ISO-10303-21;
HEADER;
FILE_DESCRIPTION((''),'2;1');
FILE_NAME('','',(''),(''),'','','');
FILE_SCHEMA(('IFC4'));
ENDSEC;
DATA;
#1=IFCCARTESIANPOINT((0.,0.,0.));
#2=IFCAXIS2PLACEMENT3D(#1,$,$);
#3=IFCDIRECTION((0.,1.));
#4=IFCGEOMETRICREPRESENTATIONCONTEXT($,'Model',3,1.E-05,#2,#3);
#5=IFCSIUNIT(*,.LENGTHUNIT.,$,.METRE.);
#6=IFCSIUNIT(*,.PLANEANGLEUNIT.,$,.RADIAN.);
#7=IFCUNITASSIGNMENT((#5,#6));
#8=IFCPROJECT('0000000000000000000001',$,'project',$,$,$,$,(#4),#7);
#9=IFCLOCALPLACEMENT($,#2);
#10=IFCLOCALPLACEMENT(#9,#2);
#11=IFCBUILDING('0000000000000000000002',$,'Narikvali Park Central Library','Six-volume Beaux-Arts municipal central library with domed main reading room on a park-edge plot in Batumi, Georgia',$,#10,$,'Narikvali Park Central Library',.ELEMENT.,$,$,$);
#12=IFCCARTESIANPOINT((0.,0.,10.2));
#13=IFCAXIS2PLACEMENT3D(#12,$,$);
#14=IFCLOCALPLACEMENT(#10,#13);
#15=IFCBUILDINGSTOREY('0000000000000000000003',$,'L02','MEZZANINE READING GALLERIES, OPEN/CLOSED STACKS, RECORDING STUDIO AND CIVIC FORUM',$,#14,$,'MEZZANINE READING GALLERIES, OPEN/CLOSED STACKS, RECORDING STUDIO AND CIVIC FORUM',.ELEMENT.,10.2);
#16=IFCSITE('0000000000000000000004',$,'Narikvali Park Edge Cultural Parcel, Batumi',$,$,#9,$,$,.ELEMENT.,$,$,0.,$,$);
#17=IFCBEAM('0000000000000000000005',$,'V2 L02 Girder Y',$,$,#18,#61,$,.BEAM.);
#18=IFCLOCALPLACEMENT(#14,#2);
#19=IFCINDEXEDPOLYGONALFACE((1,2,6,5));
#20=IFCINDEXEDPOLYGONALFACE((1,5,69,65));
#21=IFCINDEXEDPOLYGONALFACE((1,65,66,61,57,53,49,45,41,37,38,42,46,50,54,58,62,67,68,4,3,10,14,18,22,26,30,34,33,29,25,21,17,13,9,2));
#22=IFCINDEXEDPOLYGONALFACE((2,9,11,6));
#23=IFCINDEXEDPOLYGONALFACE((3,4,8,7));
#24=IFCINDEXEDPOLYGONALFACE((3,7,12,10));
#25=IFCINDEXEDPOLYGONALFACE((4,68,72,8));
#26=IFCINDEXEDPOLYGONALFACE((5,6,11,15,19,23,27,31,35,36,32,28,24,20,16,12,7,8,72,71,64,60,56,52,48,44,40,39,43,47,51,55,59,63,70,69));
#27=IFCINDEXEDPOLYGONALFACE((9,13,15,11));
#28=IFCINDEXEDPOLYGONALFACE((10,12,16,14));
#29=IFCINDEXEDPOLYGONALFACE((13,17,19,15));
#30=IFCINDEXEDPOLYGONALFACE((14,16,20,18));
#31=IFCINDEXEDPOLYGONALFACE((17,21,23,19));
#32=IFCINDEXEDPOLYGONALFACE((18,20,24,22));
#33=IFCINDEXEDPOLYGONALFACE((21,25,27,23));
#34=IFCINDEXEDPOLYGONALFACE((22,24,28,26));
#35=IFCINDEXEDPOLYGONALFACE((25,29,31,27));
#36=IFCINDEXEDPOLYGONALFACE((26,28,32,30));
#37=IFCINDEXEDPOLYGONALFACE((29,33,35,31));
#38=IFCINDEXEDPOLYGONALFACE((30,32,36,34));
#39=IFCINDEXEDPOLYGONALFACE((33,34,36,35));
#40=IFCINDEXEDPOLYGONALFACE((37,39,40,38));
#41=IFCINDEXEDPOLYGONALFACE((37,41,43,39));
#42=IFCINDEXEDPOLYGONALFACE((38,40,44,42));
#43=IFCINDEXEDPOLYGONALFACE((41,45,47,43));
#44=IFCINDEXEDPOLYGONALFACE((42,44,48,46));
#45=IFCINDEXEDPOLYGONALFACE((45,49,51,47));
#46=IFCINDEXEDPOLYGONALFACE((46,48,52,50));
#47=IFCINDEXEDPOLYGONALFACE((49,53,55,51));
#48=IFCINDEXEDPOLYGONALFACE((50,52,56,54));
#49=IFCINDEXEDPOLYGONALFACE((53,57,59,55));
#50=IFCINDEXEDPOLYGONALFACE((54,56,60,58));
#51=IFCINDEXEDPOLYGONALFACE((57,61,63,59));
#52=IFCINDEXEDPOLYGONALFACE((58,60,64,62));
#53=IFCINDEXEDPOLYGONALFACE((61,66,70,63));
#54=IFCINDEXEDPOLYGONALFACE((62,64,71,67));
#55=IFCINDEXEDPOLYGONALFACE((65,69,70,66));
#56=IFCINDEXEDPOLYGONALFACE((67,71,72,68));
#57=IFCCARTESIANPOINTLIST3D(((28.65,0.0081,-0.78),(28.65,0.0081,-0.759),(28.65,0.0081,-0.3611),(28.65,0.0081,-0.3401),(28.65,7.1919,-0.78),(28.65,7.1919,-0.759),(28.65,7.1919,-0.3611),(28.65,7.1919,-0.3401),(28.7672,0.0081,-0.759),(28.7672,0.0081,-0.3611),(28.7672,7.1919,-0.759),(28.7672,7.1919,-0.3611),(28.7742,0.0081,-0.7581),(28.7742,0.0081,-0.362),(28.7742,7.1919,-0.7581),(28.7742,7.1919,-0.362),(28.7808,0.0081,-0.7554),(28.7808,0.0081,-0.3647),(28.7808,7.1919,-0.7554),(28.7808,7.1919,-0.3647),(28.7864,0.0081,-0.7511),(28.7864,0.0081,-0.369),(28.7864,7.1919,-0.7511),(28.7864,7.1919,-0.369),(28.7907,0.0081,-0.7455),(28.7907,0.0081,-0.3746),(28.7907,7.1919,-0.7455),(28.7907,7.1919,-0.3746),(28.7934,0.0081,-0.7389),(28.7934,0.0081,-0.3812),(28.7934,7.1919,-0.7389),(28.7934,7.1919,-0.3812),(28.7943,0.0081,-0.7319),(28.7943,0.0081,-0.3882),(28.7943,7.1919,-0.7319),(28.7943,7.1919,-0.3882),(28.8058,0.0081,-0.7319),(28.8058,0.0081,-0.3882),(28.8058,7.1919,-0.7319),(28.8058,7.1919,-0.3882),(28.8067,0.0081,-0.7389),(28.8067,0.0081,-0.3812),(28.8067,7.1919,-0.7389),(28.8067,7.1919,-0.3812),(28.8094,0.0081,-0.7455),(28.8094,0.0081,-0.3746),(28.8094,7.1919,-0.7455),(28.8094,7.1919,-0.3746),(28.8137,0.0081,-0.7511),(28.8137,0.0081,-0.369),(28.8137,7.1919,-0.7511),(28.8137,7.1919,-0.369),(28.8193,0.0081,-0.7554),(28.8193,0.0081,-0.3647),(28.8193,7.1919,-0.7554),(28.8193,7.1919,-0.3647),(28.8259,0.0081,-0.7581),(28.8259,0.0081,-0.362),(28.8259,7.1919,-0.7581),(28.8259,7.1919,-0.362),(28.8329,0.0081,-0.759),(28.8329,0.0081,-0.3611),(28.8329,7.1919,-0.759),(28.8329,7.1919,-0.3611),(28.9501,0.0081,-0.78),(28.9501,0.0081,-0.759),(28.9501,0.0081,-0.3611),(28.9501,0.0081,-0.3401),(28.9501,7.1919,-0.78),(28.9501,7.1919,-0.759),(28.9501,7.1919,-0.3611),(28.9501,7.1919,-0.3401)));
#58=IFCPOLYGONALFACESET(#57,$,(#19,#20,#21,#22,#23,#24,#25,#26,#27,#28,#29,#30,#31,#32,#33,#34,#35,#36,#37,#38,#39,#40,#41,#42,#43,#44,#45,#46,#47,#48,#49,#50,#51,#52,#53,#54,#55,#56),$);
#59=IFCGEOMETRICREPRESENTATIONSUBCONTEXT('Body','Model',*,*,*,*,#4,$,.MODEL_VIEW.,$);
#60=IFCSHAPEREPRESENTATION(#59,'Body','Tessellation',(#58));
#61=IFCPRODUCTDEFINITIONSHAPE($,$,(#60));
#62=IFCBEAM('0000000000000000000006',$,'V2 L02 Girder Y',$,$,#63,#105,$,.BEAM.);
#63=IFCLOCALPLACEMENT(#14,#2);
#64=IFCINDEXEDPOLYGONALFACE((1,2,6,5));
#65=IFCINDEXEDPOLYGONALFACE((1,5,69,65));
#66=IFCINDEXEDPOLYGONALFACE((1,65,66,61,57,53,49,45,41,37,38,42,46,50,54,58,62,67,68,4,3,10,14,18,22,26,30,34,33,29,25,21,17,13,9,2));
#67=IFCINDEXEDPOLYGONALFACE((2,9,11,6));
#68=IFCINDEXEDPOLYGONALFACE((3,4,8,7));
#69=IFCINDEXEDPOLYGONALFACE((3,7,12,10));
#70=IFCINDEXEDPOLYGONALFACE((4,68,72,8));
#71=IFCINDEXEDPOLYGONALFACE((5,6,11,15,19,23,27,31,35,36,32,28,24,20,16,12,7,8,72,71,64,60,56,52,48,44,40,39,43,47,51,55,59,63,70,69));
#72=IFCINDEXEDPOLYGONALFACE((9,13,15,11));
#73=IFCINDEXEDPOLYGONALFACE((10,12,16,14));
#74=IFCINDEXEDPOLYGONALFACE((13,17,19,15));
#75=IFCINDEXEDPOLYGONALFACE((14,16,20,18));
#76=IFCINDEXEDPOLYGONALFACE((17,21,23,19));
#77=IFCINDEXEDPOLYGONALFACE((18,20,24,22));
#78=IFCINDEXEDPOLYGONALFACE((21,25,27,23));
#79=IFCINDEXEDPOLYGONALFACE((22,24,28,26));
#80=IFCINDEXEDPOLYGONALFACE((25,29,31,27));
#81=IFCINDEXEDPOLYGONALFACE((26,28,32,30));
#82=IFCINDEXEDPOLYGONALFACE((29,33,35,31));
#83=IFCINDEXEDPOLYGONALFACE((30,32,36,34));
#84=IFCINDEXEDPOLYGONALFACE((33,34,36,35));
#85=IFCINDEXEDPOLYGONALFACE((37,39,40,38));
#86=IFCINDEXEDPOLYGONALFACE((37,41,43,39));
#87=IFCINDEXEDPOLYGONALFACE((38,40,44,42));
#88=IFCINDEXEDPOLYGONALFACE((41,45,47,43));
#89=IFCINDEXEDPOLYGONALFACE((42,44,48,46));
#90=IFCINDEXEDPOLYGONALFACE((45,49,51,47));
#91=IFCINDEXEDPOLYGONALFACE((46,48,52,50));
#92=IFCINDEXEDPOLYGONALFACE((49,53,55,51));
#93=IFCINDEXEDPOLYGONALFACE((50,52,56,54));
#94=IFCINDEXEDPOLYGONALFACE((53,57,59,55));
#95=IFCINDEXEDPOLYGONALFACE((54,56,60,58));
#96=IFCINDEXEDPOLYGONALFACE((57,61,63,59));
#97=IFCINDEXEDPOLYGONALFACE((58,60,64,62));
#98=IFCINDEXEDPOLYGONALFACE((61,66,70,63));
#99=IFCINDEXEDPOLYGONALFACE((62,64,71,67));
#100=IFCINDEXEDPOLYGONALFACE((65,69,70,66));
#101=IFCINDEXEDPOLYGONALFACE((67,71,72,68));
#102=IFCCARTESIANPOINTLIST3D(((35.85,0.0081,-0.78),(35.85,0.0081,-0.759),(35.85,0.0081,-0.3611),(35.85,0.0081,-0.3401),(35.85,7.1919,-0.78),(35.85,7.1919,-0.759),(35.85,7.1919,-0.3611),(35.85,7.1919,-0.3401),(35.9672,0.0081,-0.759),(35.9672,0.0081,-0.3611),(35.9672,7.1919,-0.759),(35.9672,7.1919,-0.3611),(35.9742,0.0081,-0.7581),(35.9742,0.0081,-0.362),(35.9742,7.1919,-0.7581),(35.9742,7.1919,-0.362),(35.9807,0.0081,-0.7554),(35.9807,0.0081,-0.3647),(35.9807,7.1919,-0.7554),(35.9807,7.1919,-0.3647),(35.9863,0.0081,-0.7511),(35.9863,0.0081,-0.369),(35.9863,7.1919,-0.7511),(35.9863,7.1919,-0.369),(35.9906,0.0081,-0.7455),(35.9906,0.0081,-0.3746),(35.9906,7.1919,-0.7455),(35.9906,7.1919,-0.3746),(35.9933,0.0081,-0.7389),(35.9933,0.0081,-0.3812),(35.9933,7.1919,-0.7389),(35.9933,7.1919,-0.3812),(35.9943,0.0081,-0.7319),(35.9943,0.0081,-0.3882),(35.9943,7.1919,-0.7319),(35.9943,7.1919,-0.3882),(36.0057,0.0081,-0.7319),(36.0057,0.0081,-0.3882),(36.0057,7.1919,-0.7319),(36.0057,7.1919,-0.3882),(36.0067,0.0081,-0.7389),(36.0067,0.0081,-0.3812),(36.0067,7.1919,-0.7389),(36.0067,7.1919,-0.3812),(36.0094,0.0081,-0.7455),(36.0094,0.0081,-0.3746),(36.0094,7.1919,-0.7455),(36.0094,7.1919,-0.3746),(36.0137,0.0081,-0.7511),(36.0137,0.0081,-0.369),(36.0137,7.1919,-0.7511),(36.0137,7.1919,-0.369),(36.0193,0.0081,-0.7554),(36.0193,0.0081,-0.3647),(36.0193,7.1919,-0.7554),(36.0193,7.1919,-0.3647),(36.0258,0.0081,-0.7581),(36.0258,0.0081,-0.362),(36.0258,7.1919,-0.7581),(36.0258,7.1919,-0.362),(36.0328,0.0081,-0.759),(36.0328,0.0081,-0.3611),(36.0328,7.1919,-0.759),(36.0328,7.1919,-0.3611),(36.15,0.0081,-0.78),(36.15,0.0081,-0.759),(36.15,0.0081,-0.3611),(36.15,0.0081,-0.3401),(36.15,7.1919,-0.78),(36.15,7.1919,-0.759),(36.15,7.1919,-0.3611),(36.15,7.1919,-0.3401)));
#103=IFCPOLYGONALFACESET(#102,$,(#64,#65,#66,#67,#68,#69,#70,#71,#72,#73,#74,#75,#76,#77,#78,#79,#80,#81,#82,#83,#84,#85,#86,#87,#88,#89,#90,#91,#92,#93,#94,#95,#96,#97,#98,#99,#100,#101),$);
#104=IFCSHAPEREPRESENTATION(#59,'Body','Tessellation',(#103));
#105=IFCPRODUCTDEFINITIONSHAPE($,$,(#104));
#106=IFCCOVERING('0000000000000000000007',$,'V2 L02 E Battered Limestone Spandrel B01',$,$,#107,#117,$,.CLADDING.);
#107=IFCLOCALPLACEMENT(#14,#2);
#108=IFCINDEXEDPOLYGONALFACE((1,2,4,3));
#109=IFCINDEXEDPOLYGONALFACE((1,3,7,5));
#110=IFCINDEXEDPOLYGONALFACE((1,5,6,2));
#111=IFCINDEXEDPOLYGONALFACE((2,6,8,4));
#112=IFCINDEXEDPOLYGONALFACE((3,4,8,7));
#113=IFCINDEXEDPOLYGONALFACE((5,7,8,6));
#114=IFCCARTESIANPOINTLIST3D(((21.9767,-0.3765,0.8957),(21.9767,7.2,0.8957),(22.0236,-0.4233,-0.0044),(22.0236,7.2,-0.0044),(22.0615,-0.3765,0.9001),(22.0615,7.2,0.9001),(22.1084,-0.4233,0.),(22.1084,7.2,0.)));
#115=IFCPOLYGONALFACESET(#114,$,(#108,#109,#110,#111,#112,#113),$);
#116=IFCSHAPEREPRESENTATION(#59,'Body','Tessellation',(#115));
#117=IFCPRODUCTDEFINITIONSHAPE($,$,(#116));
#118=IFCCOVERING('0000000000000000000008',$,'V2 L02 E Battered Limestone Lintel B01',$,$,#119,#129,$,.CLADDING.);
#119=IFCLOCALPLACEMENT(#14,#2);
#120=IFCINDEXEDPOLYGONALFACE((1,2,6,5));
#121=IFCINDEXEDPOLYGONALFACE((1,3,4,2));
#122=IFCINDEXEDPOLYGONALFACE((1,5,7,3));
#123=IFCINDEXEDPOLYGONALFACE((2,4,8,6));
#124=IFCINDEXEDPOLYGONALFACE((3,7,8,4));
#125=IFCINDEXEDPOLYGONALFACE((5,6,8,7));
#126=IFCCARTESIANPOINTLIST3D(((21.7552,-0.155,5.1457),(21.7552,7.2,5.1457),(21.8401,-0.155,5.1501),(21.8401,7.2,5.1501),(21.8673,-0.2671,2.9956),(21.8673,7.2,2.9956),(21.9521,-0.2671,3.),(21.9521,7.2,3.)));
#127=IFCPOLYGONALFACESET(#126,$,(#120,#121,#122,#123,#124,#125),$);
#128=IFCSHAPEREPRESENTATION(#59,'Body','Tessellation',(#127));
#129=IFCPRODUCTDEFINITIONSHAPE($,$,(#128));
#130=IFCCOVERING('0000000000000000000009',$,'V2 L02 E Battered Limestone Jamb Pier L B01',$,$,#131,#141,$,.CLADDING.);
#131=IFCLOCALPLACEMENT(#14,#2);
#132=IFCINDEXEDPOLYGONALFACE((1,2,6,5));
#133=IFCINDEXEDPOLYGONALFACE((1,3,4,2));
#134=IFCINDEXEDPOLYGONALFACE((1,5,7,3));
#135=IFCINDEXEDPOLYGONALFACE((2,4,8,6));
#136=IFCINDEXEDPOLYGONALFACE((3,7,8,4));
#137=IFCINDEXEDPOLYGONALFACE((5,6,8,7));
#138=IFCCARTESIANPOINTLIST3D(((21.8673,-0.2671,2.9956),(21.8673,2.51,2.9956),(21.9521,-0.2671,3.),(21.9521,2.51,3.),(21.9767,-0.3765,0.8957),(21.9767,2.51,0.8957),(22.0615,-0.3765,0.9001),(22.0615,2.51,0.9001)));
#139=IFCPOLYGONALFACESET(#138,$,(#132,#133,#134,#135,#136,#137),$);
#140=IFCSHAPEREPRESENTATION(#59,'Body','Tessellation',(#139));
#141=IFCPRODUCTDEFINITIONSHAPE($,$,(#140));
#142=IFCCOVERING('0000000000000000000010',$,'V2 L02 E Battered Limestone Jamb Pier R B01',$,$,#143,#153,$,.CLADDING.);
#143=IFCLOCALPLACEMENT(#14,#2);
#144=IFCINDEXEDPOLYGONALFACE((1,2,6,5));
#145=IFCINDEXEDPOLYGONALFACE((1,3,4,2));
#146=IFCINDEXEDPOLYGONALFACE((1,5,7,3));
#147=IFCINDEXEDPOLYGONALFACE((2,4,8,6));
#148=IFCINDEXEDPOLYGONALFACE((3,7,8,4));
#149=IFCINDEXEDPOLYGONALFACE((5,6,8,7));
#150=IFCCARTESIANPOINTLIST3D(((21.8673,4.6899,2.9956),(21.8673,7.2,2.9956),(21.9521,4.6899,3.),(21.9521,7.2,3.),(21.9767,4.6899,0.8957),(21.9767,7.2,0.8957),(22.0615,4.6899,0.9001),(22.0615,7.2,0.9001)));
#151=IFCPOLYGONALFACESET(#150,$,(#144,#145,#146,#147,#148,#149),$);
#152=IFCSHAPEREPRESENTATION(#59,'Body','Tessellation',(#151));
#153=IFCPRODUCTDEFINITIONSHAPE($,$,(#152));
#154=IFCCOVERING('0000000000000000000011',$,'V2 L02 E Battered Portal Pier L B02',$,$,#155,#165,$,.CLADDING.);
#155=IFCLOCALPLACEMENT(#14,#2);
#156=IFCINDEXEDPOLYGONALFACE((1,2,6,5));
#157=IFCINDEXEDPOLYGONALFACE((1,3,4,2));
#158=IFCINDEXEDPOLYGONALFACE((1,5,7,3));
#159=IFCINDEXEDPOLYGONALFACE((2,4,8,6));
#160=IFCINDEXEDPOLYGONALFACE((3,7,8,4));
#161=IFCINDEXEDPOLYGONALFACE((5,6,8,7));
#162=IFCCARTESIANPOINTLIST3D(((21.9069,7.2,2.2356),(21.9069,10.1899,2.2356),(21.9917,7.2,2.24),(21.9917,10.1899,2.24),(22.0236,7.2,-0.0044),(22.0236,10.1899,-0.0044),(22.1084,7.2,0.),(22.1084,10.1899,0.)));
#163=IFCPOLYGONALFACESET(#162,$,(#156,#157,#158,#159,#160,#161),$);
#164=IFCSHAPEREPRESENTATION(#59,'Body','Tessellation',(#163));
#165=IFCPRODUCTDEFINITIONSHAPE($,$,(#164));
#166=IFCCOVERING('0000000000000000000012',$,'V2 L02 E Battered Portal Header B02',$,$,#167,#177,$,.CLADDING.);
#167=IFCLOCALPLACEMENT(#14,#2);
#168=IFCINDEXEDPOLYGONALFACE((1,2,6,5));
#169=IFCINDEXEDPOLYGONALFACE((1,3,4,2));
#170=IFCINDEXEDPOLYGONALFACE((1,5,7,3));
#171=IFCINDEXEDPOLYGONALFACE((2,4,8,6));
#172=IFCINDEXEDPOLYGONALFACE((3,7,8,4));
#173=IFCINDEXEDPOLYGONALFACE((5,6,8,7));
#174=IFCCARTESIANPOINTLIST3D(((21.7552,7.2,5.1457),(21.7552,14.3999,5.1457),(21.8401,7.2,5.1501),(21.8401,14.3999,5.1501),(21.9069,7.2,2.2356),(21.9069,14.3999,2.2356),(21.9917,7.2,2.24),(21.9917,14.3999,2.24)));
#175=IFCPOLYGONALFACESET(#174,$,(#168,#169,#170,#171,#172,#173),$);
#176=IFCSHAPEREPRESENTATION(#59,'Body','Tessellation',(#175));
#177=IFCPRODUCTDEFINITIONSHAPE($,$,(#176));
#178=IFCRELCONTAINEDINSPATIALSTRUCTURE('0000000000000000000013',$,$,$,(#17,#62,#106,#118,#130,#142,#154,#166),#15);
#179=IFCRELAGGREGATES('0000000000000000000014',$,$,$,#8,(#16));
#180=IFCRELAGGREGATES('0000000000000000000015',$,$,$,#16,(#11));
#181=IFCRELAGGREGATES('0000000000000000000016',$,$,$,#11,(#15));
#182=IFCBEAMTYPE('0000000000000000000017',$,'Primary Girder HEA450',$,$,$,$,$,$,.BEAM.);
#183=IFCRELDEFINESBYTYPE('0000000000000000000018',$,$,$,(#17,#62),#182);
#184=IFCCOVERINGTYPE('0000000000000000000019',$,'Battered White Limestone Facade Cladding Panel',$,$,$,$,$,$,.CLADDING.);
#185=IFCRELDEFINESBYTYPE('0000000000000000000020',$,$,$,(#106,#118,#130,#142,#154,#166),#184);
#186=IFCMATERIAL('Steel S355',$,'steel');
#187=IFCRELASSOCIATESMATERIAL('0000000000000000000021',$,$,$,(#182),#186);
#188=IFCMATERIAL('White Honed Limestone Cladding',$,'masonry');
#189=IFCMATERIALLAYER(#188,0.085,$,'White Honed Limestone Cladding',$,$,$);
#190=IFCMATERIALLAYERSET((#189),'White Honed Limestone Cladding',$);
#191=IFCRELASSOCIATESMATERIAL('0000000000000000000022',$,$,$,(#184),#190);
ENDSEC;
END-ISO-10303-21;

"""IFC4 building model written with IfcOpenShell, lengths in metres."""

from ifc_helpers import new_model, si_unit, direction, frame, origin, origin_2d, place, context, subcontext, project, spatial, polyline, i_section, outline, extrude, material, layer, layer_set, material_profile, profile_set, type_object, element, save


model = new_model("IFC4")

# Units and contexts
model_context = context("Model", 3, precision=1e-05, world=origin(), true_north=direction((0.0, 1.0)))
body_context = subcontext(model_context, "Body", "Model", "MODEL_VIEW")
ifc_project = project(units=[si_unit("LENGTHUNIT", "METRE"), si_unit("PLANEANGLEUNIT", "RADIAN")], contexts=[model_context])

# Site, building, storey
site_placement = place(None, origin())
site = spatial("IfcSite", under=ifc_project, at=site_placement, Name="Narikvali Park Edge Cultural Parcel, Batumi", CompositionType="ELEMENT", RefElevation=0.0)
building_placement = place(site_placement, origin())
building = spatial("IfcBuilding", under=site, at=building_placement, Name="Narikvali Park Central Library", Description="Six-volume Beaux-Arts municipal central library with domed main reading room on a park-edge plot in Batumi, Georgia", LongName="Narikvali Park Central Library", CompositionType="ELEMENT")
storey_placement = place(building_placement, frame((0.0, 0.0, 10.2)))
storey = spatial("IfcBuildingStorey", under=building, at=storey_placement, Name="L02", Description="MEZZANINE READING GALLERIES, OPEN/CLOSED STACKS, RECORDING STUDIO AND CIVIC FORUM", LongName="MEZZANINE READING GALLERIES, OPEN/CLOSED STACKS, RECORDING STUDIO AND CIVIC FORUM", CompositionType="ELEMENT", Elevation=10.2)

# Beams
ifc_material_1 = material(Name="Steel S355", Category="steel")
ifc_material_profile_1 = material_profile(ifc_material_1, i_section(OverallWidth=0.3, OverallDepth=0.4399, WebThickness=0.0115, FlangeThickness=0.021, FilletRadius=0.0271, at=origin_2d()), Name="HEA 450")
ifc_profile_set_1 = profile_set([ifc_material_profile_1], Name="Steel S355")
beam_type_1 = type_object("IfcBeamType", Name="Primary Girder HEA450", PredefinedType="BEAM", material=ifc_profile_set_1)
for number, where, z_axis, x_axis, name in (
    (1, (28.8, 0.0081, -0.5601), (0.0, 1.0, 0.0), (-1.0, 0.0, 0.0), "V2 L02 Girder Y"),
    (2, (36.0, 0.0081, -0.5601), (0.0, 1.0, 0.0), (-1.0, 0.0, 0.0), "V2 L02 Girder Y"),
):
    element("IfcBeam", number, at=place(storey_placement, frame(where, z_axis=z_axis, x_axis=x_axis)), inside=storey, type_object=beam_type_1, Name=name, PredefinedType="BEAM", context=body_context, shape_type="SweptSolid", body=[
        extrude(i_section(OverallWidth=0.3, OverallDepth=0.4399, WebThickness=0.0115, FlangeThickness=0.021, FilletRadius=0.0271, at=origin_2d()), origin(), (0.0, 0.0, 1.0), 7.1838),
    ])

# Coverings
ifc_material_2 = material(Name="White Honed Limestone Cladding", Category="masonry")
ifc_layer_1 = layer(ifc_material_2, 0.085, Name="White Honed Limestone Cladding")
ifc_layer_set_1 = layer_set([ifc_layer_1], Name="White Honed Limestone Cladding")
covering_type = type_object("IfcCoveringType", Name="Battered White Limestone Facade Cladding Panel", PredefinedType="CLADDING", material=ifc_layer_set_1)
covering_1_placement = place(storey_placement, frame((22.1084, -0.4233, 0.0), z_axis=(0.998647, 0.0, 0.052004), x_axis=(0.0, 1.0, 0.0)))
element("IfcCovering", 3, at=covering_1_placement, inside=storey, type_object=covering_type, Name="V2 L02 E Battered Limestone Spandrel B01", PredefinedType="CLADDING", context=body_context, shape_type="SweptSolid", body=[
    extrude(outline(polyline([(0.0, 0.0), (7.6233, 0.0), (7.6233, 0.9014), (0.0469, 0.9014), (0.0, 0.0)])), origin(), (0.0, 0.0, -1.0), 0.085),
])
covering_2_placement = place(storey_placement, frame((21.9521, -0.2671, 3.0), z_axis=(0.998645, 0.0, 0.052047), x_axis=(0.0, 1.0, 0.0)))
element("IfcCovering", 4, at=covering_2_placement, inside=storey, type_object=covering_type, Name="V2 L02 E Battered Limestone Lintel B01", PredefinedType="CLADDING", context=body_context, shape_type="SweptSolid", body=[
    extrude(outline(polyline([(0.0, 0.0), (7.467, 0.0), (7.467, 2.1531), (0.1121, 2.1531), (0.0, 0.0)])), origin(), (0.0, 0.0, -1.0), 0.085),
])
covering_3_placement = place(storey_placement, frame((22.0615, -0.3765, 0.9001), z_axis=(0.998646, 0.0, 0.052016), x_axis=(0.0, 1.0, 0.0)))
element("IfcCovering", 5, at=covering_3_placement, inside=storey, type_object=covering_type, Name="V2 L02 E Battered Limestone Jamb Pier L B01", PredefinedType="CLADDING", context=body_context, shape_type="SweptSolid", body=[
    extrude(outline(polyline([(0.0, 0.0), (2.8865, 0.0), (2.8865, 2.1027), (0.1094, 2.1027), (0.0, 0.0)])), origin(), (0.0, 0.0, -1.0), 0.085),
])
covering_4_placement = place(storey_placement, frame((22.0615, 4.6899, 0.9001), z_axis=(0.998646, 0.0, 0.052016), x_axis=(0.0, 1.0, 0.0)))
element("IfcCovering", 6, at=covering_4_placement, inside=storey, type_object=covering_type, Name="V2 L02 E Battered Limestone Jamb Pier R B01", PredefinedType="CLADDING", context=body_context, shape_type="SweptSolid", body=[
    extrude(outline(polyline([(0.0, 0.0), (2.51, 0.0), (2.51, 2.1027), (0.0, 2.1027), (0.0, 0.0)])), origin(), (0.0, 0.0, -1.0), 0.085),
])
covering_5_placement = place(storey_placement, frame((22.1084, 7.2, 0.0), z_axis=(0.998646, 0.0, 0.052028), x_axis=(0.0, 1.0, 0.0)))
element("IfcCovering", 7, at=covering_5_placement, inside=storey, type_object=covering_type, Name="V2 L02 E Battered Portal Pier L B02", PredefinedType="CLADDING", context=body_context, shape_type="SweptSolid", body=[
    extrude(outline(polyline([(0.0, 0.0), (2.99, 0.0), (2.99, 2.243), (0.0, 2.243), (0.0, 0.0)])), origin(), (0.0, 0.0, -1.0), 0.085),
])
covering_6_placement = place(storey_placement, frame((21.9917, 7.2, 2.24), z_axis=(0.998646, 0.0, 0.052027), x_axis=(0.0, 1.0, 0.0)))
element("IfcCovering", 8, at=covering_6_placement, inside=storey, type_object=covering_type, Name="V2 L02 E Battered Portal Header B02", PredefinedType="CLADDING", context=body_context, shape_type="SweptSolid", body=[
    extrude(outline(polyline([(0.0, 0.0), (7.2, 0.0), (7.2, 2.9141), (0.0, 2.9141), (0.0, 0.0)])), origin(), (0.0, 0.0, -1.0), 0.085),
])

save(model, "model.ifc")
